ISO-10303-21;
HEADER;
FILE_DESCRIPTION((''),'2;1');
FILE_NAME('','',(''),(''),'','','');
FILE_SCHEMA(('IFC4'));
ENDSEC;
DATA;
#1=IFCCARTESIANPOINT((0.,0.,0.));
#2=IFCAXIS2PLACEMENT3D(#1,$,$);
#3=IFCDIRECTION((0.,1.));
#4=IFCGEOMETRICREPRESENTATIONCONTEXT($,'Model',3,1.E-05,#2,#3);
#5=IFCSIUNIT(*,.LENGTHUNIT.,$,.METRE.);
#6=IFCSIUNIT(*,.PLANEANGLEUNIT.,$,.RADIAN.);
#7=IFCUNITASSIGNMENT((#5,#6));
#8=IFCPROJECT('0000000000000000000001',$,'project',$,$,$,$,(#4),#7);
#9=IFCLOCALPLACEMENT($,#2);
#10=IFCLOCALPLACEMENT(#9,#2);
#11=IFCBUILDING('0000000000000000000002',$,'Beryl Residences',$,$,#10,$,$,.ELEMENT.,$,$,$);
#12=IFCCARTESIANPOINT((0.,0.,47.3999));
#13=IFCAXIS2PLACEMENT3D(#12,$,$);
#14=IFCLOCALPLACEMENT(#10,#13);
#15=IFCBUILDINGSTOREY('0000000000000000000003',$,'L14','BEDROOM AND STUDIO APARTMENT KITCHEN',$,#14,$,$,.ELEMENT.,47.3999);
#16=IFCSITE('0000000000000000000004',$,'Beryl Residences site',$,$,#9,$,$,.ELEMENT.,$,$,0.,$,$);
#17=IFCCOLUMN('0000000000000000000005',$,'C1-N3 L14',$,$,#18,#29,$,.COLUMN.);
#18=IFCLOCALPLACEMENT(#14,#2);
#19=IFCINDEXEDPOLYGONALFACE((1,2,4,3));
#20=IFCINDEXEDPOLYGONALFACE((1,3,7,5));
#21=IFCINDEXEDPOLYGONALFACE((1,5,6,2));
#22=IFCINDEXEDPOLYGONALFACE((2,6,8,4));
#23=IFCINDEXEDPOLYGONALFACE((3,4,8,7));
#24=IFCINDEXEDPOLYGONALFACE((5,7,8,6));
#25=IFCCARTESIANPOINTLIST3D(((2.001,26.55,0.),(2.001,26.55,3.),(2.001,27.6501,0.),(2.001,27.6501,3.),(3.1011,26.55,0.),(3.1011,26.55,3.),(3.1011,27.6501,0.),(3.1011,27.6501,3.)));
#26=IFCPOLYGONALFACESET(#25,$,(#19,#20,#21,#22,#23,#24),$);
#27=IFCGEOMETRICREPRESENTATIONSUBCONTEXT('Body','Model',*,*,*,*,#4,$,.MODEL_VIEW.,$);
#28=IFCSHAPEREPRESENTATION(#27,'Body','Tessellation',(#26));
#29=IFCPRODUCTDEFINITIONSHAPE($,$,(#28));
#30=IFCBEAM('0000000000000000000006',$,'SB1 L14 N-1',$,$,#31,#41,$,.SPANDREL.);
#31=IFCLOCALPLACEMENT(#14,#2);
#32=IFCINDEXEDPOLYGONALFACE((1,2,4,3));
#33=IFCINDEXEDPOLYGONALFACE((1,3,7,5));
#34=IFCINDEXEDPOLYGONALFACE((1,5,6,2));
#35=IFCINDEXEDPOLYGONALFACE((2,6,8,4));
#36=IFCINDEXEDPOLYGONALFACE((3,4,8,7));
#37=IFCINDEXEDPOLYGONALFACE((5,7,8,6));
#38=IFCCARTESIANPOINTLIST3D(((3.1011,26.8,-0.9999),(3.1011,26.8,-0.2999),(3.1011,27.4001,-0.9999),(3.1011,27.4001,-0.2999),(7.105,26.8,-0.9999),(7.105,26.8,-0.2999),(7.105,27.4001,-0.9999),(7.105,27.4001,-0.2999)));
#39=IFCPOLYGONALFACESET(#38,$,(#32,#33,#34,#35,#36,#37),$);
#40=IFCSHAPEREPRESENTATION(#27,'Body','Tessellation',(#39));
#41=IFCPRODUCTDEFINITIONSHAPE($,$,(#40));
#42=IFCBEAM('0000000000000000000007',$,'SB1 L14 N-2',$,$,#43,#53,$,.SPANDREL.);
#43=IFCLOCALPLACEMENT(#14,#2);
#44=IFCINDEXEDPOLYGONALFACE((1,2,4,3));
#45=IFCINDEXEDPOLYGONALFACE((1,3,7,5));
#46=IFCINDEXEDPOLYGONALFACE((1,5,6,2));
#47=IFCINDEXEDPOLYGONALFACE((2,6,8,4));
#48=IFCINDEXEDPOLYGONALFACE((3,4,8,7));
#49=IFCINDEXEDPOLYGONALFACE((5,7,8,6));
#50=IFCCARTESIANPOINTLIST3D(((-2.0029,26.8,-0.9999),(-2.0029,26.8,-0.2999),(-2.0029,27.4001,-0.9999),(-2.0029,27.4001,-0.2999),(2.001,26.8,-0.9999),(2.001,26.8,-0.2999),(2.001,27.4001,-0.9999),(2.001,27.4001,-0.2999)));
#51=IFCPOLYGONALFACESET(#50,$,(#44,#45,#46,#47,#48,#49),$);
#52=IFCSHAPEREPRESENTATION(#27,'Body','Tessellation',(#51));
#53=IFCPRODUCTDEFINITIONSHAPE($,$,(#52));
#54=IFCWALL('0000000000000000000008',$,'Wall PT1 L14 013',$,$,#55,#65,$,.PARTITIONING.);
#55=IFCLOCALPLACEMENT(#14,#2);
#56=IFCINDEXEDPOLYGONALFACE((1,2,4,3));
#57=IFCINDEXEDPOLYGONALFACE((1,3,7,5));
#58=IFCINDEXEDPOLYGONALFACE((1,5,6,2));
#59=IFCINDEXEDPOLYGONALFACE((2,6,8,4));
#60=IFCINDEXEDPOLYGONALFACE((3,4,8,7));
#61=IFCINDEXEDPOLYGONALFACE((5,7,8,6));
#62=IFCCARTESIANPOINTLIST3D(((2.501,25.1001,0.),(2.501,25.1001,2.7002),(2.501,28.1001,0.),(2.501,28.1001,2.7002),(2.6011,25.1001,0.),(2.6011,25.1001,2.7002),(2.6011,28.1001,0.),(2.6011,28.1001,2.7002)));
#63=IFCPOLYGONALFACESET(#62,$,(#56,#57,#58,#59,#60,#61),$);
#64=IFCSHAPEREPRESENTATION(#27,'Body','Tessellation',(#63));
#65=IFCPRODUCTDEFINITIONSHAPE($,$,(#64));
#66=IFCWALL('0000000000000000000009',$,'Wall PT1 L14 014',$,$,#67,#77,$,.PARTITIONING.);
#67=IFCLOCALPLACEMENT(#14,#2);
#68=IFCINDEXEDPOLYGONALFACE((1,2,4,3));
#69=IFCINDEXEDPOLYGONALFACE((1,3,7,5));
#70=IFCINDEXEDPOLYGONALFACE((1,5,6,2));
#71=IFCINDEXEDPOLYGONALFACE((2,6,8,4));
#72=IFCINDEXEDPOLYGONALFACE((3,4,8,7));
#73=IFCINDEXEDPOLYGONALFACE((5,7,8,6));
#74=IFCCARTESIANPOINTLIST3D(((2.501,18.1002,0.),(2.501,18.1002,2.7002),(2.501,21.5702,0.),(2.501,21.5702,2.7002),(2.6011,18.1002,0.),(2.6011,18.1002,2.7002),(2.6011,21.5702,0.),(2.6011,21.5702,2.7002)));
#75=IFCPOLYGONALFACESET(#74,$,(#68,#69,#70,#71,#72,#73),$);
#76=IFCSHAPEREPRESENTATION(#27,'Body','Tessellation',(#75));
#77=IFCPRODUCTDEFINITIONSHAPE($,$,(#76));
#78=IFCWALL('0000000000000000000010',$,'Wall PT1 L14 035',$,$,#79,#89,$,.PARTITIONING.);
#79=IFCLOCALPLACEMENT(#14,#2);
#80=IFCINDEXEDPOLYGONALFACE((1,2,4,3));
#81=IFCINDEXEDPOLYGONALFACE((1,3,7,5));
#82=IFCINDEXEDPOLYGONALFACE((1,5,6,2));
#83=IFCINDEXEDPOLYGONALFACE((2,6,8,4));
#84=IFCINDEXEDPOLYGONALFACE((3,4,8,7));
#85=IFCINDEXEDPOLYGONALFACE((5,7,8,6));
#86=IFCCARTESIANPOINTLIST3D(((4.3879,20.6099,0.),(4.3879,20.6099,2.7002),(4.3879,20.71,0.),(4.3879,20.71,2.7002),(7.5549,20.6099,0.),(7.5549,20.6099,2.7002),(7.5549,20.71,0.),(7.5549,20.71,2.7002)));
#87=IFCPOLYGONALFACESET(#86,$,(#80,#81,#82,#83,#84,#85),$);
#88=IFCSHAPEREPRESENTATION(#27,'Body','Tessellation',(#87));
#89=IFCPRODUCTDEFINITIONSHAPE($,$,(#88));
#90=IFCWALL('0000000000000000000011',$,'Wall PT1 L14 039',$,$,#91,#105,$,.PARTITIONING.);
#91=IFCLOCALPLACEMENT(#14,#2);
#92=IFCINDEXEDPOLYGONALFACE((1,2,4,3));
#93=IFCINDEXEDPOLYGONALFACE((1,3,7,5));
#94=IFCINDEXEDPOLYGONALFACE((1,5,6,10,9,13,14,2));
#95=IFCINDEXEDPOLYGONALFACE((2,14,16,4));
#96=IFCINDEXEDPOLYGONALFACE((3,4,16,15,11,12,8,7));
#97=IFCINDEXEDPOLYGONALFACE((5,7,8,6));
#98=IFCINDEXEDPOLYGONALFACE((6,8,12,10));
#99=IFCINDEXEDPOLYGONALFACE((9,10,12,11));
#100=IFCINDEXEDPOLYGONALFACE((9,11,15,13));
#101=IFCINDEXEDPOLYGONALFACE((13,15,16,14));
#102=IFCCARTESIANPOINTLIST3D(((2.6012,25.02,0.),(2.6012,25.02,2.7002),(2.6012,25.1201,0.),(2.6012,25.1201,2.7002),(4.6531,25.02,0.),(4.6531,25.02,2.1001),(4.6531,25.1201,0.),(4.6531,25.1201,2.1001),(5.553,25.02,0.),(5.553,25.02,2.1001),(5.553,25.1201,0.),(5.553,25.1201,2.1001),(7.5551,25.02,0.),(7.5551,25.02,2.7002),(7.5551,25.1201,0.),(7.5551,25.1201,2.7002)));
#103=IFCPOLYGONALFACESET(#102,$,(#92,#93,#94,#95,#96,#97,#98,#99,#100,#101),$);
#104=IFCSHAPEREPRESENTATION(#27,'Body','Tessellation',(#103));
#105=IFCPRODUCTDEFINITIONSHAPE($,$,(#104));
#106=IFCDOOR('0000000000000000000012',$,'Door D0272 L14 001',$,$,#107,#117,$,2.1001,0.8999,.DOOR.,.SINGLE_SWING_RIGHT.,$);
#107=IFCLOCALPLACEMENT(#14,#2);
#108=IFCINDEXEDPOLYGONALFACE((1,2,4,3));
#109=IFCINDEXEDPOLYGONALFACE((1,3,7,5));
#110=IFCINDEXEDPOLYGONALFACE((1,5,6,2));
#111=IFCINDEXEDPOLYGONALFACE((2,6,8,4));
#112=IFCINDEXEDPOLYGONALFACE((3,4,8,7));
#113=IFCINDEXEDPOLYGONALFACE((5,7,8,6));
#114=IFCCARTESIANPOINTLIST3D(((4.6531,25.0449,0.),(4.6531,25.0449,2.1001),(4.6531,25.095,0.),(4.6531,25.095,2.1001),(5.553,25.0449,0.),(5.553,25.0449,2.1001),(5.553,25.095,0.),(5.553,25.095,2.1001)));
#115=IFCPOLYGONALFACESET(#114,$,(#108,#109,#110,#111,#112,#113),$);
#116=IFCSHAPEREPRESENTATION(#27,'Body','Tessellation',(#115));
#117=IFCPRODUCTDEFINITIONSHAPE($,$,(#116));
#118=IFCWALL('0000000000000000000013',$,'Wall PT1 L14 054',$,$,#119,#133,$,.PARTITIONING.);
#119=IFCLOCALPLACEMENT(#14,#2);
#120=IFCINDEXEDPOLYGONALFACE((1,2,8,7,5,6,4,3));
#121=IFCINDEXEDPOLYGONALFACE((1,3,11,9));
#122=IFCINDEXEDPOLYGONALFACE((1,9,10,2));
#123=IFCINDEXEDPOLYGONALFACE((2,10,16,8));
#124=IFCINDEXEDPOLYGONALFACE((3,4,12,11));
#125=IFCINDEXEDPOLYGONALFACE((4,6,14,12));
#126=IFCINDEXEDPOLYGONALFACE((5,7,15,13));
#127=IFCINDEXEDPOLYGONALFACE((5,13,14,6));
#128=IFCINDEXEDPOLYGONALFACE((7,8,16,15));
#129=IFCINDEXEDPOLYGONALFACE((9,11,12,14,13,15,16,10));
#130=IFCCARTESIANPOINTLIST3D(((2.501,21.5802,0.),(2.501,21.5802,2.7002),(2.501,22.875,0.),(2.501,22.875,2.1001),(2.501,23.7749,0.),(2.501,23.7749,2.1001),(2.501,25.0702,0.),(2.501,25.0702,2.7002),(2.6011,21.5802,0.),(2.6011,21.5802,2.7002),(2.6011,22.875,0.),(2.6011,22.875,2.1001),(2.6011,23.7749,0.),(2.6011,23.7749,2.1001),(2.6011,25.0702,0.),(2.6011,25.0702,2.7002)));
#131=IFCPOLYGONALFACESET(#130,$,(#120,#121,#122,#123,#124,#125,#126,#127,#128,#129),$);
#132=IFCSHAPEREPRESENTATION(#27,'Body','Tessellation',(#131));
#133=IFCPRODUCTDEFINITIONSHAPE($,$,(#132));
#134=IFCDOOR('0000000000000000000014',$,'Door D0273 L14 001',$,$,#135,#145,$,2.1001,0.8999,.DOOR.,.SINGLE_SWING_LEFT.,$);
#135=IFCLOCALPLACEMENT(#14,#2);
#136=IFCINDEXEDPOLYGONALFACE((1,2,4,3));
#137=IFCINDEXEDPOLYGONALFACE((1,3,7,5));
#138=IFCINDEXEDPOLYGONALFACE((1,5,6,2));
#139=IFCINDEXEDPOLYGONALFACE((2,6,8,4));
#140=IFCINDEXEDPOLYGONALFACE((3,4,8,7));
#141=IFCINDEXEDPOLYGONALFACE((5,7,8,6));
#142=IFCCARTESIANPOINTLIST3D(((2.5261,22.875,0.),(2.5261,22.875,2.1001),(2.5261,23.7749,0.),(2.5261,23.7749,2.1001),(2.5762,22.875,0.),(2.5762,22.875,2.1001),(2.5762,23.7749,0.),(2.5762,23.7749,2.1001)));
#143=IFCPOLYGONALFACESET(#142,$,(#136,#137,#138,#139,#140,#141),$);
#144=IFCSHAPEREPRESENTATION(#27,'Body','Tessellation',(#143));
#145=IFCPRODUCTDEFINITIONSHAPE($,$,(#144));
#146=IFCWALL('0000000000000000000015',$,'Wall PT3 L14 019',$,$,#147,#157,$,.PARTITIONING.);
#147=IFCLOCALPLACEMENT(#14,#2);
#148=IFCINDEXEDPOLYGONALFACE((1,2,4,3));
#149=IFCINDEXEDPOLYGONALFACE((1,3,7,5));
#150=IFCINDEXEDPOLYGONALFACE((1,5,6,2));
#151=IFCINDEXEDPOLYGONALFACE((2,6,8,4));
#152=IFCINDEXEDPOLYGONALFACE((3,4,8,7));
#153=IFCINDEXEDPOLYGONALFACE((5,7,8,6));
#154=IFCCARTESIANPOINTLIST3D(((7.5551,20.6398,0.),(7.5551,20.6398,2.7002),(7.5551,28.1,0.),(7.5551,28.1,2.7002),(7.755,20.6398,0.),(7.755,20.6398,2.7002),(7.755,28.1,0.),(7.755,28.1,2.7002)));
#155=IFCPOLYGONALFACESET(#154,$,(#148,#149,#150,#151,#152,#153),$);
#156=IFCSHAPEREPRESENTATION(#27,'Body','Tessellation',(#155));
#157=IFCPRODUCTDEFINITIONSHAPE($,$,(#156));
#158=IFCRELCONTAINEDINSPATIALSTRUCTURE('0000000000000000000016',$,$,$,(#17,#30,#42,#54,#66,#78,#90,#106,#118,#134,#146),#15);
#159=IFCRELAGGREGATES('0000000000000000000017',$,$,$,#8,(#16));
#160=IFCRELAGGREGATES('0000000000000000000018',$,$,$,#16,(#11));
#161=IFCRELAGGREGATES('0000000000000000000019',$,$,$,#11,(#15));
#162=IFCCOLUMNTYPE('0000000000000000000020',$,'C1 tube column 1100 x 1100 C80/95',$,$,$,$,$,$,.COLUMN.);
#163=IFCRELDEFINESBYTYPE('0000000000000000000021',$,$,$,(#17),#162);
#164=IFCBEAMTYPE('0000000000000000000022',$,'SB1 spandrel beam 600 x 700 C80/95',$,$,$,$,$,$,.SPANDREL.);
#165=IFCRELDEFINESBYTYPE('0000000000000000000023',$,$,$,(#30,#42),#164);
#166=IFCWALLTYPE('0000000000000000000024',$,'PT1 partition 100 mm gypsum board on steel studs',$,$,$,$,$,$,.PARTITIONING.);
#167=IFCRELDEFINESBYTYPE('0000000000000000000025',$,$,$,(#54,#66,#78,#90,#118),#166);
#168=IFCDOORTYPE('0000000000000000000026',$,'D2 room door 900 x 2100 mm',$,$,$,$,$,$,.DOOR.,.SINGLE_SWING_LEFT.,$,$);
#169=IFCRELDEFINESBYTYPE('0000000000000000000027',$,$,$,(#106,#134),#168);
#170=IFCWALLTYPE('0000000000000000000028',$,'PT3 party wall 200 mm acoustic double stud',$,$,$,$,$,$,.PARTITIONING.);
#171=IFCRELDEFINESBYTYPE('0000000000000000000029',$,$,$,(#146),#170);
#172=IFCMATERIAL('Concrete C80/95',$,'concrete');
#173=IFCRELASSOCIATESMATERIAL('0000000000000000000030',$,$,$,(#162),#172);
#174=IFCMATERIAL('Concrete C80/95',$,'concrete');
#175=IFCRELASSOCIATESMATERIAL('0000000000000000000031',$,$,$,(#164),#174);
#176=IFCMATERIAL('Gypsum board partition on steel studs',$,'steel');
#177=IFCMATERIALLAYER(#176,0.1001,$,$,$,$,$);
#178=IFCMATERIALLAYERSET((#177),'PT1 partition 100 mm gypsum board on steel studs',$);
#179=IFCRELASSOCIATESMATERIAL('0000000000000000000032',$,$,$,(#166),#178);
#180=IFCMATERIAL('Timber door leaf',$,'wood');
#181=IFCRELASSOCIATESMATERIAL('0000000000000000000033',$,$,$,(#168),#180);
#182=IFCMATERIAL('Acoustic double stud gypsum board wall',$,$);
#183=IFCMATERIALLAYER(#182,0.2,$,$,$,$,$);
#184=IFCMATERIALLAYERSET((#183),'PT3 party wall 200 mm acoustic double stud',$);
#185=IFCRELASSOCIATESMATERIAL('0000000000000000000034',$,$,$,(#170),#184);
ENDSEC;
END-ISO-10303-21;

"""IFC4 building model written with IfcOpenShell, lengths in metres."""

from ifc_helpers import new_model, si_unit, direction, frame, frame_2d, origin, origin_2d, place, context, subcontext, project, spatial, rectangle, extrude, material, layer, layer_set, material_profile, profile_set, type_object, element, fill, save


model = new_model("IFC4")

# Units and contexts
model_context = context("Model", 3, precision=1e-05, world=origin(), true_north=direction((0.0, 1.0)))
body_context = subcontext(model_context, "Body", "Model", "MODEL_VIEW")
ifc_project = project(units=[si_unit("LENGTHUNIT", "METRE"), si_unit("PLANEANGLEUNIT", "RADIAN")], contexts=[model_context])

# Site, building, storey
site_placement = place(None, origin())
site = spatial("IfcSite", under=ifc_project, at=site_placement, Name="Beryl Residences site", CompositionType="ELEMENT", RefElevation=0.0)
building_placement = place(site_placement, origin())
building = spatial("IfcBuilding", under=site, at=building_placement, Name="Beryl Residences", CompositionType="ELEMENT")
storey_placement = place(building_placement, frame((0.0, 0.0, 47.3999)))
storey = spatial("IfcBuildingStorey", under=building, at=storey_placement, Name="L14", Description="BEDROOM AND STUDIO APARTMENT KITCHEN", CompositionType="ELEMENT", Elevation=47.3999)

# Column
ifc_material_1 = material(Name="Concrete C80/95", Category="concrete")
ifc_material_profile_1 = material_profile(ifc_material_1, rectangle(XDim=1.1001, YDim=1.1001, at=origin_2d()))
ifc_profile_set_1 = profile_set([ifc_material_profile_1], Name="Concrete C80/95")
column_type = type_object("IfcColumnType", Name="C1 tube column 1100 x 1100 C80/95", PredefinedType="COLUMN", material=ifc_profile_set_1)
column_placement = place(storey_placement, frame((2.551, 27.1001, 0.0), z_axis=(0.0, 0.0, 1.0), x_axis=(-1.0, 0.0, 0.0)))
element("IfcColumn", 1, at=column_placement, inside=storey, type_object=column_type, Name="C1-N3 L14", PredefinedType="COLUMN", context=body_context, shape_type="SweptSolid", body=[
    extrude(rectangle(XDim=1.1001, YDim=1.1001, at=origin_2d()), origin(), (0.0, 0.0, 1.0), 3.0),
])

# Beams
ifc_material_2 = material(Name="Concrete C80/95", Category="concrete")
ifc_material_profile_2 = material_profile(ifc_material_2, rectangle(XDim=0.6001, YDim=0.7, at=origin_2d()))
ifc_profile_set_2 = profile_set([ifc_material_profile_2], Name="Concrete C80/95")
beam_type = type_object("IfcBeamType", Name="SB1 spandrel beam 600 x 700 C80/95", PredefinedType="SPANDREL", material=ifc_profile_set_2)
for number, where, z_axis, x_axis, name in (
    (2, (7.105, 27.1001, -0.6499), (-1.0, 0.0, 0.0), (0.0, -1.0, 0.0), "SB1 L14 N-1"),
    (3, (2.001, 27.1001, -0.6499), (-1.0, 0.0, 0.0), (0.0, -1.0, 0.0), "SB1 L14 N-2"),
):
    element("IfcBeam", number, at=place(storey_placement, frame(where, z_axis=z_axis, x_axis=x_axis)), inside=storey, type_object=beam_type, Name=name, PredefinedType="SPANDREL", context=body_context, shape_type="SweptSolid", body=[
        extrude(rectangle(XDim=0.6001, YDim=0.7, at=origin_2d()), origin(), (0.0, 0.0, 1.0), 4.0039),
    ])

# Walls
ifc_material_3 = material(Name="Gypsum board partition on steel studs", Category="steel")
ifc_layer_1 = layer(ifc_material_3, 0.1001)
ifc_layer_set_1 = layer_set([ifc_layer_1], Name="PT1 partition 100 mm gypsum board on steel studs")
wall_type_1 = type_object("IfcWallType", Name="PT1 partition 100 mm gypsum board on steel studs", PredefinedType="PARTITIONING", material=ifc_layer_set_1)
wall_1_placement = place(storey_placement, frame((2.551, 28.1001, 0.0), z_axis=(0.0, 0.0, 1.0), x_axis=(0.0, -1.0, 0.0)))
element("IfcWall", 4, at=wall_1_placement, inside=storey, type_object=wall_type_1, Name="Wall PT1 L14 013", PredefinedType="PARTITIONING", context=body_context, shape_type="SweptSolid", body=[
    extrude(rectangle(XDim=3.0, YDim=0.1001, at=frame_2d((1.5, 0.0))), origin(), (0.0, 0.0, 1.0), 2.7002),
])
wall_2_placement = place(storey_placement, frame((2.551, 21.5701, 0.0), z_axis=(0.0, 0.0, 1.0), x_axis=(0.0, -1.0, 0.0)))
element("IfcWall", 5, at=wall_2_placement, inside=storey, type_object=wall_type_1, Name="Wall PT1 L14 014", PredefinedType="PARTITIONING", context=body_context, shape_type="SweptSolid", body=[
    extrude(rectangle(XDim=3.47, YDim=0.1001, at=frame_2d((1.7349, 0.0))), origin(), (0.0, 0.0, 1.0), 2.7002),
])
wall_3_placement = place(storey_placement, frame((4.3879, 20.6599, 0.0), z_axis=(0.0, 0.0, 1.0), x_axis=(1.0, 0.0, 0.0)))
element("IfcWall", 6, at=wall_3_placement, inside=storey, type_object=wall_type_1, Name="Wall PT1 L14 035", PredefinedType="PARTITIONING", context=body_context, shape_type="SweptSolid", body=[
    extrude(rectangle(XDim=3.167, YDim=0.1001, at=frame_2d((1.5835, 0.0))), origin(), (0.0, 0.0, 1.0), 2.7002),
])

# Walls, openings, doors
wall_4_placement = place(storey_placement, frame((2.6011, 25.0701, 0.0), z_axis=(0.0, 0.0, 1.0), x_axis=(1.0, 0.0, 0.0)))
wall_4 = element("IfcWall", 7, at=wall_4_placement, inside=storey, type_object=wall_type_1, Name="Wall PT1 L14 039", PredefinedType="PARTITIONING", context=body_context, shape_type="SweptSolid", body=[
    extrude(rectangle(XDim=4.9539, YDim=0.1001, at=frame_2d((2.4771, 0.0))), origin(), (0.0, 0.0, 1.0), 2.7002),
])
opening_1_placement = place(wall_4_placement, frame((2.052, 0.0, 0.0)))
opening_1 = element("IfcOpeningElement", 8, at=opening_1_placement, cuts=wall_4, PredefinedType="OPENING", context=body_context, shape_type="SweptSolid", body=[
    extrude(rectangle(XDim=0.8999, YDim=2.1001, at=frame_2d((0.45, 1.05))), frame((0.0, 0.0601, 0.0), z_axis=(0.0, -1.0, 0.0), x_axis=(1.0, 0.0, 0.0)), (0.0, 0.0, 1.0), 0.1201),
])
ifc_material_4 = material(Name="Timber door leaf", Category="wood")
door_type = type_object("IfcDoorType", Name="D2 room door 900 x 2100 mm", OperationType="SINGLE_SWING_LEFT", PredefinedType="DOOR", material=ifc_material_4)
door_1_placement = place(opening_1_placement, origin())
door_1 = element("IfcDoor", 9, at=door_1_placement, inside=storey, type_object=door_type, Name="Door D0272 L14 001", OperationType="SINGLE_SWING_RIGHT", OverallHeight=2.1001, OverallWidth=0.8999, PredefinedType="DOOR", context=body_context, shape_type="SweptSolid", body=[
    extrude(rectangle(XDim=0.8999, YDim=2.1001, at=frame_2d((0.45, 1.05))), frame((0.0, 0.0249, 0.0), z_axis=(0.0, -1.0, 0.0), x_axis=(1.0, 0.0, 0.0)), (0.0, 0.0, 1.0), 0.05),
])
fill(opening_1, door_1)
wall_5_placement = place(storey_placement, frame((2.551, 21.5801, 0.0), z_axis=(0.0, 0.0, 1.0), x_axis=(0.0, 1.0, 0.0)))
wall_5 = element("IfcWall", 10, at=wall_5_placement, inside=storey, type_object=wall_type_1, Name="Wall PT1 L14 054", PredefinedType="PARTITIONING", context=body_context, shape_type="SweptSolid", body=[
    extrude(rectangle(XDim=3.49, YDim=0.1001, at=frame_2d((1.7451, 0.0))), origin(), (0.0, 0.0, 1.0), 2.7002),
])
opening_2_placement = place(wall_5_placement, frame((1.2949, 0.0, 0.0)))
opening_2 = element("IfcOpeningElement", 11, at=opening_2_placement, cuts=wall_5, PredefinedType="OPENING", context=body_context, shape_type="SweptSolid", body=[
    extrude(rectangle(XDim=0.8999, YDim=2.1001, at=frame_2d((0.45, 1.05))), frame((0.0, 0.0601, 0.0), z_axis=(0.0, -1.0, 0.0), x_axis=(1.0, 0.0, 0.0)), (0.0, 0.0, 1.0), 0.1201),
])
door_2_placement = place(opening_2_placement, origin())
door_2 = element("IfcDoor", 12, at=door_2_placement, inside=storey, type_object=door_type, Name="Door D0273 L14 001", OperationType="SINGLE_SWING_LEFT", OverallHeight=2.1001, OverallWidth=0.8999, PredefinedType="DOOR", context=body_context, shape_type="SweptSolid", body=[
    extrude(rectangle(XDim=0.8999, YDim=2.1001, at=frame_2d((0.45, 1.05))), frame((0.0, 0.0249, 0.0), z_axis=(0.0, -1.0, 0.0), x_axis=(1.0, 0.0, 0.0)), (0.0, 0.0, 1.0), 0.05),
])
fill(opening_2, door_2)

# Wall
ifc_material_5 = material(Name="Acoustic double stud gypsum board wall")
ifc_layer_2 = layer(ifc_material_5, 0.2)
ifc_layer_set_2 = layer_set([ifc_layer_2], Name="PT3 party wall 200 mm acoustic double stud")
wall_type_2 = type_object("IfcWallType", Name="PT3 party wall 200 mm acoustic double stud", PredefinedType="PARTITIONING", material=ifc_layer_set_2)
wall_6_placement = place(storey_placement, frame((7.655, 20.6399, 0.0), z_axis=(0.0, 0.0, 1.0), x_axis=(0.0, 1.0, 0.0)))
element("IfcWall", 13, at=wall_6_placement, inside=storey, type_object=wall_type_2, Name="Wall PT3 L14 019", PredefinedType="PARTITIONING", context=body_context, shape_type="SweptSolid", body=[
    extrude(rectangle(XDim=7.4602, YDim=0.2, at=frame_2d((3.73, 0.0))), origin(), (0.0, 0.0, 1.0), 2.7002),
])

save(model, "model.ifc")
